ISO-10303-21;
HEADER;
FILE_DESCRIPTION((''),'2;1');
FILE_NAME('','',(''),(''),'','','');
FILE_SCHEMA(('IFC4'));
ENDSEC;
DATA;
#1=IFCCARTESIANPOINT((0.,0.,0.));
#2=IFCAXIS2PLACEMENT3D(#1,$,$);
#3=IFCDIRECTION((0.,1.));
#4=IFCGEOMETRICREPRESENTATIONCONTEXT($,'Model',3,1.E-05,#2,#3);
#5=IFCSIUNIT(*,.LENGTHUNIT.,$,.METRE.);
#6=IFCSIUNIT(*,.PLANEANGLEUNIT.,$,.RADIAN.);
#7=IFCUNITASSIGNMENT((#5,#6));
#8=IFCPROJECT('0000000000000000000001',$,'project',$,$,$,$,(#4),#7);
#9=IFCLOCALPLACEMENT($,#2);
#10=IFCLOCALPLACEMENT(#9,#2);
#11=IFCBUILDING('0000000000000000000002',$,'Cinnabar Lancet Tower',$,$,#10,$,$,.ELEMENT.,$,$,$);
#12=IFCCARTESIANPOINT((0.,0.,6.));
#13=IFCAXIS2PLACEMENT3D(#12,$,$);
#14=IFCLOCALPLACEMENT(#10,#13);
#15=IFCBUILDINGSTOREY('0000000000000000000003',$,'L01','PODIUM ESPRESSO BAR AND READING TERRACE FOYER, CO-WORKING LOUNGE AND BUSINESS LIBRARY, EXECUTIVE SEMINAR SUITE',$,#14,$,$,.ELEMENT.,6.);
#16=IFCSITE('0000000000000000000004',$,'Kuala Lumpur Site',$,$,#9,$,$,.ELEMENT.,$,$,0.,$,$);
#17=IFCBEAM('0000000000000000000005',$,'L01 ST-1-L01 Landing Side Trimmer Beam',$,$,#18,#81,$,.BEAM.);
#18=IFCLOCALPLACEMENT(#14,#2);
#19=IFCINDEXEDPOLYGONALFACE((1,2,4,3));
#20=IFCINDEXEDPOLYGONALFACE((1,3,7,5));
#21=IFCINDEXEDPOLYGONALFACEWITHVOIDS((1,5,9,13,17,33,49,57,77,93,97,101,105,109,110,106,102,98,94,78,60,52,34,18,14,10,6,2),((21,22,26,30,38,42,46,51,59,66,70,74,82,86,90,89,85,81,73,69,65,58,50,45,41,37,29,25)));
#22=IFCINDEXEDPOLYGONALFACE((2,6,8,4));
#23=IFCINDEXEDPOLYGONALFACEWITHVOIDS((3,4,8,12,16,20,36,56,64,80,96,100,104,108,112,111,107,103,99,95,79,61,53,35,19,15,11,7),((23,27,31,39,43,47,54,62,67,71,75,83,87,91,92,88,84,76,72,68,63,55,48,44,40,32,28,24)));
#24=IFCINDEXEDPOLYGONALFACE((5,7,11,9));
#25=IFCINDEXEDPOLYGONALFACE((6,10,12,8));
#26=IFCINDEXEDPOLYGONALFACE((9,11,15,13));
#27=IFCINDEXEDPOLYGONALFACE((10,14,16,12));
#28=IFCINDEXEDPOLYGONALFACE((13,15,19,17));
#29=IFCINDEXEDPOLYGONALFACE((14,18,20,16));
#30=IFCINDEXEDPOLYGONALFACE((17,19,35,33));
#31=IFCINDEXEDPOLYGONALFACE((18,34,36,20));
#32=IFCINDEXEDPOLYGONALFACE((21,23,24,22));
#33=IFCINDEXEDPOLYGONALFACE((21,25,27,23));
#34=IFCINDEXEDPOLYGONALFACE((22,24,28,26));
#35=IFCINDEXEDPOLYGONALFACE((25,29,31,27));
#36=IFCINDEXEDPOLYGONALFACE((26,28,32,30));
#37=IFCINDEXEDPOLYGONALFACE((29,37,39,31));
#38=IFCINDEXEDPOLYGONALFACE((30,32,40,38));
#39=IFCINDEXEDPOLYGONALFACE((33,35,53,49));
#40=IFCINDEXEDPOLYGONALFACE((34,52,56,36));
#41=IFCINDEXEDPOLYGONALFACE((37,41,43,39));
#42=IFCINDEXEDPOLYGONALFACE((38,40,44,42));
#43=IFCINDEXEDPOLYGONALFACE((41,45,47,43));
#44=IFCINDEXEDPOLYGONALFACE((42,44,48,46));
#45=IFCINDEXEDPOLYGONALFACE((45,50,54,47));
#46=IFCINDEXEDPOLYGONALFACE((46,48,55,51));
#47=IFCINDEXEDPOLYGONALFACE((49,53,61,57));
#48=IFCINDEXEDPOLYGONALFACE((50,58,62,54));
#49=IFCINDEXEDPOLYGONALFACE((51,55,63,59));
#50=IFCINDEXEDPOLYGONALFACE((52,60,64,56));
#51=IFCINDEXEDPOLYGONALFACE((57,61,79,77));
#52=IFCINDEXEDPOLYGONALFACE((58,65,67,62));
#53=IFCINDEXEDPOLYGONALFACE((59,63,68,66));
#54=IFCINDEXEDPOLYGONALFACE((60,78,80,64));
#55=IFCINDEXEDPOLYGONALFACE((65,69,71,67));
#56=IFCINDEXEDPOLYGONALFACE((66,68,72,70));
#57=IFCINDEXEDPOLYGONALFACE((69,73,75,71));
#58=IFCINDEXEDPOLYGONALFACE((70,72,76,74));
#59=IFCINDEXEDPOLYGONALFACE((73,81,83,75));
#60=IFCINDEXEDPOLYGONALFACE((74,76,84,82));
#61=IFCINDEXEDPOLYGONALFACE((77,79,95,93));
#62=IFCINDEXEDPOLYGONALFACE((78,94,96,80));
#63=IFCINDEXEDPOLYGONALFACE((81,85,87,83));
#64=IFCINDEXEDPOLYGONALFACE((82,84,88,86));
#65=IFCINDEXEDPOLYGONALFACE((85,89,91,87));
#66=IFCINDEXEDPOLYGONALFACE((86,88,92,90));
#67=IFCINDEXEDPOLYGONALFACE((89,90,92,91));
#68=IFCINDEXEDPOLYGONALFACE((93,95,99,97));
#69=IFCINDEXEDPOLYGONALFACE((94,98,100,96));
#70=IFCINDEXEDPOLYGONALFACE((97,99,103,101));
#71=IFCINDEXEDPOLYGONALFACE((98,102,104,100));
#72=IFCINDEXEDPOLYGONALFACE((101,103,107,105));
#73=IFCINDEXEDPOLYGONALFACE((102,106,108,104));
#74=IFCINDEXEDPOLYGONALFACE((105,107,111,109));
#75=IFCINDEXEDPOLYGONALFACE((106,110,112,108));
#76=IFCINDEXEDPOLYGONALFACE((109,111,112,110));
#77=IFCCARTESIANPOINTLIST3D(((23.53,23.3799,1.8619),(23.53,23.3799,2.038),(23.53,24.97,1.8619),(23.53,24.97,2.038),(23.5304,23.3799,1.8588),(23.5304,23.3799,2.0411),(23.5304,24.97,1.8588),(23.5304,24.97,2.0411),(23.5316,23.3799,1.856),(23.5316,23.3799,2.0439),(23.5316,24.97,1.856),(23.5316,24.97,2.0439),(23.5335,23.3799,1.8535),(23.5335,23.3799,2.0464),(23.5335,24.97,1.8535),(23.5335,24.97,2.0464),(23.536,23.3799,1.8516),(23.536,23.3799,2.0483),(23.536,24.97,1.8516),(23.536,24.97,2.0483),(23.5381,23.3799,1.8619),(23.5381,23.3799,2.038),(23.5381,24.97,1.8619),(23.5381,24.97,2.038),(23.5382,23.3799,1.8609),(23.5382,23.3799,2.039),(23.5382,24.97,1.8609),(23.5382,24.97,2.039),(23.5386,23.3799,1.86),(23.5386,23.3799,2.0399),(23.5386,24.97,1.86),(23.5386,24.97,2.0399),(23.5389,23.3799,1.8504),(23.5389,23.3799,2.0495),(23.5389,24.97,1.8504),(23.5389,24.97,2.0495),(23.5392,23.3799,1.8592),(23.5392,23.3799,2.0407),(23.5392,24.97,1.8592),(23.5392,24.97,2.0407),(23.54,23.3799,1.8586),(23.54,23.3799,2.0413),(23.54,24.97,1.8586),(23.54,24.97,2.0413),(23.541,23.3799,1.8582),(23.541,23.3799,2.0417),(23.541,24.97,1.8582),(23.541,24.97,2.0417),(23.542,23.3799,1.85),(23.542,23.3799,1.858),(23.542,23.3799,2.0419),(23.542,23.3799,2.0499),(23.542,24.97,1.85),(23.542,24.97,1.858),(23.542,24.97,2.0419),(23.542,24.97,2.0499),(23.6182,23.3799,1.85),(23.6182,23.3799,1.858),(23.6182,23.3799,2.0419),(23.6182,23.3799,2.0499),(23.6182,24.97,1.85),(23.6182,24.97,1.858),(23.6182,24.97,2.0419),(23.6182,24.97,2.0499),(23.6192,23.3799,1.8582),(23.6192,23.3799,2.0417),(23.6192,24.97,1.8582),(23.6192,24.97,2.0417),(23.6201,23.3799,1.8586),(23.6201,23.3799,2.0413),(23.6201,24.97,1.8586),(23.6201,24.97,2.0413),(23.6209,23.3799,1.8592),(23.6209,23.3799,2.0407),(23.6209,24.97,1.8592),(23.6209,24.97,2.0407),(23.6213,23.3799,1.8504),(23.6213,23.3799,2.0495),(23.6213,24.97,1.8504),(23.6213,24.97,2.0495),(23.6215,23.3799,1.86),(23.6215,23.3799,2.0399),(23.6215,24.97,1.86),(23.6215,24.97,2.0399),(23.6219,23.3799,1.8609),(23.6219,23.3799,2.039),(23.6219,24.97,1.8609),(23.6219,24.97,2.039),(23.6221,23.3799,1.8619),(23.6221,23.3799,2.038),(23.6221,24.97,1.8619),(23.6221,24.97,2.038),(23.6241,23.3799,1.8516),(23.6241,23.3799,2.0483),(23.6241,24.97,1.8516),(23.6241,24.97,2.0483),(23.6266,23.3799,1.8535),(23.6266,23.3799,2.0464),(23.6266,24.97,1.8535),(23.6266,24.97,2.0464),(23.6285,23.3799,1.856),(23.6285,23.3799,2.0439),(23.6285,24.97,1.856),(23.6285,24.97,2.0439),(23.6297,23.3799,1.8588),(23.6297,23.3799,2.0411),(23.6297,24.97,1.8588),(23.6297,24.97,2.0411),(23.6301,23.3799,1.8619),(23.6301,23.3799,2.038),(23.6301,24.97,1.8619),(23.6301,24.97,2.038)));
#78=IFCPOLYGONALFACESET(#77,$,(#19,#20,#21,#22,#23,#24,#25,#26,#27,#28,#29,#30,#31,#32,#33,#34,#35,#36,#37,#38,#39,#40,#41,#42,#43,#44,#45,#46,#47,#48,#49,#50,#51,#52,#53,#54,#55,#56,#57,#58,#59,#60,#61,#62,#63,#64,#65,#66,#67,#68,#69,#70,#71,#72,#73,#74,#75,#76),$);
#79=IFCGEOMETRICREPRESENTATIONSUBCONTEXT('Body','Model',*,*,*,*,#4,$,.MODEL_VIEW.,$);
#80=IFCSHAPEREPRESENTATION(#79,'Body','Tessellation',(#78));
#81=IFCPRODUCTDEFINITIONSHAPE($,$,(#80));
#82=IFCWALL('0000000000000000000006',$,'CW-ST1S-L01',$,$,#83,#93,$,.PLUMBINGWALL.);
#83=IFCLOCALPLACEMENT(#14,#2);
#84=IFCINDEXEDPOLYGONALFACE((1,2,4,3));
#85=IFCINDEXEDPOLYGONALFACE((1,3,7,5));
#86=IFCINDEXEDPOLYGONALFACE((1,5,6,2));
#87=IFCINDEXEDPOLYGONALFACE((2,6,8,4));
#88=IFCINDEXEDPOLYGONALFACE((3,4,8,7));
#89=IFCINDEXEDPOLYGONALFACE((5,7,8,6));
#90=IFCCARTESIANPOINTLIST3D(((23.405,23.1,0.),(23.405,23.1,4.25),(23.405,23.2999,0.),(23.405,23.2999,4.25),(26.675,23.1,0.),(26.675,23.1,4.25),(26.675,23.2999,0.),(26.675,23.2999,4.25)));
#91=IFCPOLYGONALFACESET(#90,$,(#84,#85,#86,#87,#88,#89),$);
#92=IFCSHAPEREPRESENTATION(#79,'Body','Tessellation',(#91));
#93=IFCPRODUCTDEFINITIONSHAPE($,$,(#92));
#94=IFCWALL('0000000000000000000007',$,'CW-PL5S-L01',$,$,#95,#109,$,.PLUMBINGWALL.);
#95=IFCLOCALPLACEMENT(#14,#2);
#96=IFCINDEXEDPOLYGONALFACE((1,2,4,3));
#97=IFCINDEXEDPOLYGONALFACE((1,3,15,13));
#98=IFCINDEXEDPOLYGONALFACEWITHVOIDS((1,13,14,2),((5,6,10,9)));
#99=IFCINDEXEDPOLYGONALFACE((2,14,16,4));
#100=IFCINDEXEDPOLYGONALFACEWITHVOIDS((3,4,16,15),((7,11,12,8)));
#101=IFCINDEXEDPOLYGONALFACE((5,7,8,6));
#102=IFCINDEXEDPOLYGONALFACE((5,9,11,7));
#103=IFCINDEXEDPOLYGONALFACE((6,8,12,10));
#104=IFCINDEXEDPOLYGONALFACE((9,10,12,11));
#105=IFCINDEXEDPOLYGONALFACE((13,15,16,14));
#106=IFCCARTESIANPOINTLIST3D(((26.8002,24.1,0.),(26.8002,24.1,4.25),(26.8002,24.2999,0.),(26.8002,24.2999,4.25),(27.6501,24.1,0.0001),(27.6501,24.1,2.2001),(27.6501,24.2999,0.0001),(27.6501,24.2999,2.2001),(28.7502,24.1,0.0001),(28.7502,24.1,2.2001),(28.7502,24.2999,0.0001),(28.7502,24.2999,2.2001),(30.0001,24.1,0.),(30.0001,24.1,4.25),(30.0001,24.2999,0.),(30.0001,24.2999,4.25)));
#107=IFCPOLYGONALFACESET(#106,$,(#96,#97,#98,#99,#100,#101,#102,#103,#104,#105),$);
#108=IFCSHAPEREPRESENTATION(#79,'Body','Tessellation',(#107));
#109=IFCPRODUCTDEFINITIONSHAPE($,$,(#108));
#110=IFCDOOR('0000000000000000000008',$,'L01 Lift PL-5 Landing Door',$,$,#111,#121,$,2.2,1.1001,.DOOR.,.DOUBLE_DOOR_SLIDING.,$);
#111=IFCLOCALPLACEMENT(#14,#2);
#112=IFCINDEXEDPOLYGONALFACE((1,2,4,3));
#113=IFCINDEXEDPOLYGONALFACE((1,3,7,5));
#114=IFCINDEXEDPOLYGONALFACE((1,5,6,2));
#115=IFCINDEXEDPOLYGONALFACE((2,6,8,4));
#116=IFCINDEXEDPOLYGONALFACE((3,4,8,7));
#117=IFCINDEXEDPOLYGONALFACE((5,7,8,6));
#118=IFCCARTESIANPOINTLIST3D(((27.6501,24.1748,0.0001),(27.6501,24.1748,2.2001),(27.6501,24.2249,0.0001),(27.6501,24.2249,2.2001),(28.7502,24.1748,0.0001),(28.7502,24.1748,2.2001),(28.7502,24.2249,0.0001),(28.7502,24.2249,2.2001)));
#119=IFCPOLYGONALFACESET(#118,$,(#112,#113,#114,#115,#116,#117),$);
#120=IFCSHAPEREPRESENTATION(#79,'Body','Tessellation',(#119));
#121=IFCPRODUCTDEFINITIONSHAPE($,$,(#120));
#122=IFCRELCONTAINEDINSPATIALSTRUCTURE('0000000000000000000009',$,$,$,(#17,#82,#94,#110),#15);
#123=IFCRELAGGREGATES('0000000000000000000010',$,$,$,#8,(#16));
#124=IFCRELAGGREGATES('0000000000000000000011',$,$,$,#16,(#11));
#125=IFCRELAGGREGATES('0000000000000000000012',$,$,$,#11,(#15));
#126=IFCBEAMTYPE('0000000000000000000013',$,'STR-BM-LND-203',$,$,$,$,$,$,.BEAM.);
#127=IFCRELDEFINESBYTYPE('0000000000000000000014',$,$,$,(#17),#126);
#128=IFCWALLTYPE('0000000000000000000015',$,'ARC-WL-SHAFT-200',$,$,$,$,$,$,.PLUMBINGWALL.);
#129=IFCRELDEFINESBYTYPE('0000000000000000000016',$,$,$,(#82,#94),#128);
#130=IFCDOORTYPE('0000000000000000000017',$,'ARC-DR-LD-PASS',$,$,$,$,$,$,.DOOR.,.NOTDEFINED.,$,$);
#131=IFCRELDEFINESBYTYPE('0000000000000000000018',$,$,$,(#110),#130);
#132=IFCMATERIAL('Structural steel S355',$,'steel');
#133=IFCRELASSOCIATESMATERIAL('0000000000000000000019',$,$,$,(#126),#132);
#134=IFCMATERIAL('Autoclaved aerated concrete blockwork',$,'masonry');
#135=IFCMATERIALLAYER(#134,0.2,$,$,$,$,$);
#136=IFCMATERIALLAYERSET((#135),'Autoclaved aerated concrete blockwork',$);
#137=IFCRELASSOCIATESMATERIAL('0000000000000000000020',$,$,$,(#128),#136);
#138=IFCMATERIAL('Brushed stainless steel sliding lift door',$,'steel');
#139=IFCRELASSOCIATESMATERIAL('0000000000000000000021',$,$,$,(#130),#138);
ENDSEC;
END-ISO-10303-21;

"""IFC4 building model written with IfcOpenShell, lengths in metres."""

from ifc_helpers import new_model, si_unit, direction, frame, frame_2d, origin, origin_2d, place, context, subcontext, project, spatial, rectangle, hollow_rectangle, extrude, material, layer, layer_set, material_profile, profile_set, type_object, element, fill, save


model = new_model("IFC4")

# Units and contexts
model_context = context("Model", 3, precision=1e-05, world=origin(), true_north=direction((0.0, 1.0)))
body_context = subcontext(model_context, "Body", "Model", "MODEL_VIEW")
ifc_project = project(units=[si_unit("LENGTHUNIT", "METRE"), si_unit("PLANEANGLEUNIT", "RADIAN")], contexts=[model_context])

# Site, building, storey
site_placement = place(None, origin())
site = spatial("IfcSite", under=ifc_project, at=site_placement, Name="Kuala Lumpur Site", CompositionType="ELEMENT", RefElevation=0.0)
building_placement = place(site_placement, origin())
building = spatial("IfcBuilding", under=site, at=building_placement, Name="Cinnabar Lancet Tower", CompositionType="ELEMENT")
storey_placement = place(building_placement, frame((0.0, 0.0, 6.0)))
storey = spatial("IfcBuildingStorey", under=building, at=storey_placement, Name="L01", Description="PODIUM ESPRESSO BAR AND READING TERRACE FOYER, CO-WORKING LOUNGE AND BUSINESS LIBRARY, EXECUTIVE SEMINAR SUITE", CompositionType="ELEMENT", Elevation=6.0)

# Beam
ifc_material_1 = material(Name="Structural steel S355", Category="steel")
ifc_material_profile_1 = material_profile(ifc_material_1, hollow_rectangle(XDim=0.1001, YDim=0.2, WallThickness=0.0081, InnerFilletRadius=0.0039, OuterFilletRadius=0.012, at=origin_2d()), Name="RHS 200x100x8")
ifc_profile_set_1 = profile_set([ifc_material_profile_1], Name="Structural steel S355")
beam_type_1 = type_object("IfcBeamType", Name="STR-BM-LND-203", PredefinedType="BEAM", material=ifc_profile_set_1)
beam_1_placement = place(storey_placement, frame((23.5801, 23.3799, 1.95), z_axis=(0.0, 1.0, 0.0), x_axis=(-1.0, 0.0, 0.0)))
element("IfcBeam", 1, at=beam_1_placement, inside=storey, type_object=beam_type_1, Name="L01 ST-1-L01 Landing Side Trimmer Beam", PredefinedType="BEAM", context=body_context, shape_type="SweptSolid", body=[
    extrude(hollow_rectangle(XDim=0.1001, YDim=0.2, WallThickness=0.0081, InnerFilletRadius=0.0039, OuterFilletRadius=0.012, at=origin_2d()), origin(), (0.0, 0.0, 1.0), 1.5901),
])

# Wall
ifc_material_2 = material(Name="Autoclaved aerated concrete blockwork", Category="masonry")
ifc_layer_1 = layer(ifc_material_2, 0.2)
ifc_layer_set_1 = layer_set([ifc_layer_1], Name="Autoclaved aerated concrete blockwork")
wall_type_1 = type_object("IfcWallType", Name="ARC-WL-SHAFT-200", PredefinedType="PLUMBINGWALL", material=ifc_layer_set_1)
wall_1_placement = place(storey_placement, frame((23.405, 23.2, 0.0), z_axis=(0.0, 0.0, 1.0), x_axis=(1.0, 0.0, 0.0)))
element("IfcWall", 2, at=wall_1_placement, inside=storey, type_object=wall_type_1, Name="CW-ST1S-L01", PredefinedType="PLUMBINGWALL", context=body_context, shape_type="SweptSolid", body=[
    extrude(rectangle(XDim=3.27, YDim=0.2, at=frame_2d((1.635, 0.0))), origin(), (0.0, 0.0, 1.0), 4.25),
])

# Wall, opening, door
wall_2_placement = place(storey_placement, frame((26.8, 24.2, 0.0), z_axis=(0.0, 0.0, 1.0), x_axis=(1.0, 0.0, 0.0)))
wall_2 = element("IfcWall", 3, at=wall_2_placement, inside=storey, type_object=wall_type_1, Name="CW-PL5S-L01", PredefinedType="PLUMBINGWALL", context=body_context, shape_type="SweptSolid", body=[
    extrude(rectangle(XDim=3.2, YDim=0.2, at=frame_2d((1.6001, 0.0))), origin(), (0.0, 0.0, 1.0), 4.25),
])
opening_1_placement = place(wall_2_placement, frame((0.8501, 0.0, 0.0)))
opening_1 = element("IfcOpeningElement", 4, at=opening_1_placement, cuts=wall_2, PredefinedType="OPENING", context=body_context, shape_type="SweptSolid", body=[
    extrude(rectangle(XDim=1.1001, YDim=2.2, at=frame_2d((0.55, 1.1001))), frame((0.0, 0.1099, 0.0), z_axis=(0.0, -1.0, 0.0), x_axis=(1.0, 0.0, 0.0)), (0.0, 0.0, 1.0), 0.22),
])
ifc_material_3 = material(Name="Brushed stainless steel sliding lift door", Category="steel")
door_type_1 = type_object("IfcDoorType", Name="ARC-DR-LD-PASS", OperationType="NOTDEFINED", PredefinedType="DOOR", material=ifc_material_3)
door_1_placement = place(opening_1_placement, origin())
door_1 = element("IfcDoor", 5, at=door_1_placement, inside=storey, type_object=door_type_1, Name="L01 Lift PL-5 Landing Door", OperationType="DOUBLE_DOOR_SLIDING", OverallHeight=2.2, OverallWidth=1.1001, PredefinedType="DOOR", context=body_context, shape_type="SweptSolid", body=[
    extrude(rectangle(XDim=1.1001, YDim=2.2, at=frame_2d((0.55, 1.1001))), frame((0.0, 0.0249, 0.0), z_axis=(0.0, -1.0, 0.0), x_axis=(1.0, 0.0, 0.0)), (0.0, 0.0, 1.0), 0.05),
])
fill(opening_1, door_1)

save(model, "model.ifc")
